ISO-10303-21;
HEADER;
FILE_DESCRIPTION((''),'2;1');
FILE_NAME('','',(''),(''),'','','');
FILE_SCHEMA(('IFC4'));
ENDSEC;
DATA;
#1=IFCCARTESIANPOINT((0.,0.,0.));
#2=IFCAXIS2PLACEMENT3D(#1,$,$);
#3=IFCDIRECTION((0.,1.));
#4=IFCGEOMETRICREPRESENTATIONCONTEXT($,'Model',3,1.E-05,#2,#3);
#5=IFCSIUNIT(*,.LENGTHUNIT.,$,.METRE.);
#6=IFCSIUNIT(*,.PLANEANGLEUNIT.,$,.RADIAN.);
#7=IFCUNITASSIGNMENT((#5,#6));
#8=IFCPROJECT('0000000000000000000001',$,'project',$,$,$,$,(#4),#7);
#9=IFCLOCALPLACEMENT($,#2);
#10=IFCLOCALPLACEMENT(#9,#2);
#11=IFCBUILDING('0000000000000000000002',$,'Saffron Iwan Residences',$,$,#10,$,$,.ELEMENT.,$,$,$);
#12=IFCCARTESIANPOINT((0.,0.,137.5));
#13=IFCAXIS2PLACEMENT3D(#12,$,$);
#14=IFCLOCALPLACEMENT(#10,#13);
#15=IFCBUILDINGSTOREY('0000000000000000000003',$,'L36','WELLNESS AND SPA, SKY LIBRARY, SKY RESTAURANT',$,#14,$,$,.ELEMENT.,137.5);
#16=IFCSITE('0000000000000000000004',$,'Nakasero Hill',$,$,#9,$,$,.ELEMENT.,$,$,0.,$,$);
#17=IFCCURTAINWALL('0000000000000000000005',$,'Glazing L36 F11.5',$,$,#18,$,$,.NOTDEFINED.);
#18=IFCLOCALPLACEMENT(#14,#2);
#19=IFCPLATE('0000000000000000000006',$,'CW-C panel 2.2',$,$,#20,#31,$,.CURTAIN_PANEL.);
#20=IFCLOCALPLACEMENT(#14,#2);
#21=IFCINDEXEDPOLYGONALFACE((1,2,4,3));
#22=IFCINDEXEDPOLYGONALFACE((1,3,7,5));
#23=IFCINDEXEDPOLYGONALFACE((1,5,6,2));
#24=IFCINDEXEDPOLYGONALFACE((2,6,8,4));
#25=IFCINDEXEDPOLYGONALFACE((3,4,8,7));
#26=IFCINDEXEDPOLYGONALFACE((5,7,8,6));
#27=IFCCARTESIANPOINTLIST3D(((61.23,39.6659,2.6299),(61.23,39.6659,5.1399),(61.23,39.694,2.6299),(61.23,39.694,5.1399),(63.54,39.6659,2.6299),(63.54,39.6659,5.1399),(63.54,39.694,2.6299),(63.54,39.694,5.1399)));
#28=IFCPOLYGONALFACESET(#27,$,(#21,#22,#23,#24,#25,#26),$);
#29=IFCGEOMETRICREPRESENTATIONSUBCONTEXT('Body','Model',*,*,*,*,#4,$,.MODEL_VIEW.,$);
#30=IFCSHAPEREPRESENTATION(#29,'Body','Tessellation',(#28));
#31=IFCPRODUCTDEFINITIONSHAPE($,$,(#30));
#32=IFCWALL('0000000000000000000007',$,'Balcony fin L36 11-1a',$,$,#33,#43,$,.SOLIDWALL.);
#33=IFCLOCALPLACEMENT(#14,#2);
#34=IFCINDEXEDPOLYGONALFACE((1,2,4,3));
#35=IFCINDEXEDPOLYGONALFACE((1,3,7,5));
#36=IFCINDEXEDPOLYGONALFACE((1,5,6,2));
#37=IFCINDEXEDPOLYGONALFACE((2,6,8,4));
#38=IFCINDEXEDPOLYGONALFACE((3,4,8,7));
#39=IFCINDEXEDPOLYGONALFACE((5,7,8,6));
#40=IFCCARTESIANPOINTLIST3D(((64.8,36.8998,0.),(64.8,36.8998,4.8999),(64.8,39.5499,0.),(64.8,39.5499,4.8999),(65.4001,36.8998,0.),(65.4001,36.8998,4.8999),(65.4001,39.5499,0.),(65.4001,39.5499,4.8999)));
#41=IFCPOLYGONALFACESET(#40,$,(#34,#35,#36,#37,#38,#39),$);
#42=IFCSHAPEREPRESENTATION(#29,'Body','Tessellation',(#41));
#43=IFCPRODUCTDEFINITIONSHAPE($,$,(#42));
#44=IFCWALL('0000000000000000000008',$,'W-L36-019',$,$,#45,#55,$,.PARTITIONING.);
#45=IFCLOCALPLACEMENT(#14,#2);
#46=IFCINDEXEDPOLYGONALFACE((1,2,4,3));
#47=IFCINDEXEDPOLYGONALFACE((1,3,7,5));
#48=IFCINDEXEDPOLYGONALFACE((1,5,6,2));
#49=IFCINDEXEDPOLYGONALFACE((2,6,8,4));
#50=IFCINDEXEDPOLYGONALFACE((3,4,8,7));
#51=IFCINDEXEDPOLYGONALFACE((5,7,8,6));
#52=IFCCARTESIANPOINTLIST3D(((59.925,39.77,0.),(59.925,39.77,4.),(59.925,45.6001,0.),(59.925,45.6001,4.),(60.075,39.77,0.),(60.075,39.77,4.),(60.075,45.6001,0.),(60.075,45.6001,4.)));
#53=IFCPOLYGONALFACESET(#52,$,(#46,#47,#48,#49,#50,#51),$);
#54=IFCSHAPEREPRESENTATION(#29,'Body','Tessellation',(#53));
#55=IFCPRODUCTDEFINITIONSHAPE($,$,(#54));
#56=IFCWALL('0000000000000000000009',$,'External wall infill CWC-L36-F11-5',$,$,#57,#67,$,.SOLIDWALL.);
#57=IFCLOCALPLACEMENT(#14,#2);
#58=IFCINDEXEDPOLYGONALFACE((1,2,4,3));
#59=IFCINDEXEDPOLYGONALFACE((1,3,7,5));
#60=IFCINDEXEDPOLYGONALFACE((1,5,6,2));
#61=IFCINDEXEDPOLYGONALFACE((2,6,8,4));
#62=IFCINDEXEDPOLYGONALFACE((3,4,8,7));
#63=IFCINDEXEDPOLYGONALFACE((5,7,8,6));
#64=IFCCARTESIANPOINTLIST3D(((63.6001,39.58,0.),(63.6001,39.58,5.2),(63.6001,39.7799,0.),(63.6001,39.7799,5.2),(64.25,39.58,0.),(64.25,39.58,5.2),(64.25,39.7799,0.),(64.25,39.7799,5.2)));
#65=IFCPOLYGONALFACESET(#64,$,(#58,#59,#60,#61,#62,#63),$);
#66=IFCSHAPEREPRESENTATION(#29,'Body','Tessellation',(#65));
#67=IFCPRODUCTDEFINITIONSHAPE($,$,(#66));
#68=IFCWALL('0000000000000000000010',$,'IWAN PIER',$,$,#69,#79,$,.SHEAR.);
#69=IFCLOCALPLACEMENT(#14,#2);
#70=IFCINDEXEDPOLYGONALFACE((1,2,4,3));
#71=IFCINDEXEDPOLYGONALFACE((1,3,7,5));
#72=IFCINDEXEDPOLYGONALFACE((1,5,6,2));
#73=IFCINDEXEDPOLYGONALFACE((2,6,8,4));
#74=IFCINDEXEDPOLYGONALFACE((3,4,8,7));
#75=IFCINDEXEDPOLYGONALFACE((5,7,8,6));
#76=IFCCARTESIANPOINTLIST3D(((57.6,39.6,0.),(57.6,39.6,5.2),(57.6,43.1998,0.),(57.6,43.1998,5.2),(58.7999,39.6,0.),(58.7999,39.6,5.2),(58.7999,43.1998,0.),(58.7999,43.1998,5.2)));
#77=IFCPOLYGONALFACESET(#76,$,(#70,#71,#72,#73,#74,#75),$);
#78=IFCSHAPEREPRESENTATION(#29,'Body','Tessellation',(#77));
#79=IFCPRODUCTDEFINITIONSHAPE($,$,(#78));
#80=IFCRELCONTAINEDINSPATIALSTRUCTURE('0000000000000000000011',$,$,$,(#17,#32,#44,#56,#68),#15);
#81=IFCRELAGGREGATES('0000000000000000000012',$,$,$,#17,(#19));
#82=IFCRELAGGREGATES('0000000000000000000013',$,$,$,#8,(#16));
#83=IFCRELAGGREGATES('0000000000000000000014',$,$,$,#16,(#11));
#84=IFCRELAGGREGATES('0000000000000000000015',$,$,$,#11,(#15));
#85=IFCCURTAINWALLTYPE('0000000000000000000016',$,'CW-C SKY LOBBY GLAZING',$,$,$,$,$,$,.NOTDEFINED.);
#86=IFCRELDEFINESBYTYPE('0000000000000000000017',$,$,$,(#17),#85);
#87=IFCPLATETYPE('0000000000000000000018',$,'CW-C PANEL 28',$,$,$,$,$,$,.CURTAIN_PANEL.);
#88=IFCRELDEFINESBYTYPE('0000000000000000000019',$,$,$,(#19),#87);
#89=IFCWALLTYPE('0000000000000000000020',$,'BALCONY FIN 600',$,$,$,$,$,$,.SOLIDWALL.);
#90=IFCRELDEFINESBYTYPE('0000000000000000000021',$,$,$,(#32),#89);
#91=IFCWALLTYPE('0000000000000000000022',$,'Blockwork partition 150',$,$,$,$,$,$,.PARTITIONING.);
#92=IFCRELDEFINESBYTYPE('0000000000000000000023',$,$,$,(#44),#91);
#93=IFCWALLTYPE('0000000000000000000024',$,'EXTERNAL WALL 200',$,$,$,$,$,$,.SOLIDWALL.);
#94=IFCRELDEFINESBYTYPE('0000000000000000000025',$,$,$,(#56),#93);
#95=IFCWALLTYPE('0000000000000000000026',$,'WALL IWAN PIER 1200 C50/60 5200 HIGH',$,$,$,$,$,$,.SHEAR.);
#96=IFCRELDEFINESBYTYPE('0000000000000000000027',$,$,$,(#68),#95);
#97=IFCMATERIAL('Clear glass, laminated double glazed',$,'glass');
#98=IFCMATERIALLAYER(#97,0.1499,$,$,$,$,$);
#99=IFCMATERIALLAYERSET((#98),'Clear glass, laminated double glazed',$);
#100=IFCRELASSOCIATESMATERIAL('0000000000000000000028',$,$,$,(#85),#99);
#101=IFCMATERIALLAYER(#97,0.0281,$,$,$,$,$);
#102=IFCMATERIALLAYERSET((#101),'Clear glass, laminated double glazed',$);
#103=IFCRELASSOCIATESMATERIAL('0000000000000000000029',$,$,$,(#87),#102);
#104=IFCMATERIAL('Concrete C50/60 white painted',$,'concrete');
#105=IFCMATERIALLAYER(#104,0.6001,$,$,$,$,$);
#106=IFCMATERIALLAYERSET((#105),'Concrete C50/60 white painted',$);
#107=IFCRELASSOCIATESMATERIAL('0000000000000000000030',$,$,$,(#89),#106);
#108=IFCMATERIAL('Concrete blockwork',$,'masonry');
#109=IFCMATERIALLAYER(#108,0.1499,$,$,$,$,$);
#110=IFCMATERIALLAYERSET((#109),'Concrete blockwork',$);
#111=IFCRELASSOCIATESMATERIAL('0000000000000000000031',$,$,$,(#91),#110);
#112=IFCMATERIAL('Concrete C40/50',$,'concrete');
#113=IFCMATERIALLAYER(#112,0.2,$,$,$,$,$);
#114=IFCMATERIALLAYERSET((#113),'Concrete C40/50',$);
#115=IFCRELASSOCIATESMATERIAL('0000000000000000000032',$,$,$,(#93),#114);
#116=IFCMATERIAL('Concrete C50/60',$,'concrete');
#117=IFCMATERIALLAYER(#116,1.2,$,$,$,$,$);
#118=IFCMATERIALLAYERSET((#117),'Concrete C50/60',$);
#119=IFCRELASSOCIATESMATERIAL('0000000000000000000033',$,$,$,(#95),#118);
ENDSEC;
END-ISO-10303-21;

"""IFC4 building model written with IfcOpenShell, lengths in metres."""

from ifc_helpers import new_model, si_unit, direction, frame, frame_2d, origin, origin_2d, place, context, subcontext, project, spatial, rectangle, extrude, source, transform, mapped, material, layer, layer_set, type_object, element, aggregate, save


model = new_model("IFC4")

# Units and contexts
model_context = context("Model", 3, precision=1e-05, world=origin(), true_north=direction((0.0, 1.0)))
body_context = subcontext(model_context, "Body", "Model", "MODEL_VIEW")
ifc_project = project(units=[si_unit("LENGTHUNIT", "METRE"), si_unit("PLANEANGLEUNIT", "RADIAN")], contexts=[model_context])

# Site, building, storey
site_placement = place(None, origin())
site = spatial("IfcSite", under=ifc_project, at=site_placement, Name="Nakasero Hill", CompositionType="ELEMENT", RefElevation=0.0)
building_placement = place(site_placement, origin())
building = spatial("IfcBuilding", under=site, at=building_placement, Name="Saffron Iwan Residences", CompositionType="ELEMENT")
storey_placement = place(building_placement, frame((0.0, 0.0, 137.5)))
storey = spatial("IfcBuildingStorey", under=building, at=storey_placement, Name="L36", Description="WELLNESS AND SPA, SKY LIBRARY, SKY RESTAURANT", CompositionType="ELEMENT", Elevation=137.5)

# Shared definitions
ifc_material_1 = material(Name="Concrete C50/60 white painted", Category="concrete")

# Curtain wall
ifc_material_2 = material(Name="Clear glass, laminated double glazed", Category="glass")
ifc_layer_1 = layer(ifc_material_2, 0.1499)
ifc_layer_set_1 = layer_set([ifc_layer_1], Name="Clear glass, laminated double glazed")
curtain_wall_type_1 = type_object("IfcCurtainWallType", Name="CW-C SKY LOBBY GLAZING", PredefinedType="NOTDEFINED", material=ifc_layer_set_1)
curtain_wall_1_placement = place(storey_placement, origin())
curtain_wall_1 = element("IfcCurtainWall", 1, at=curtain_wall_1_placement, inside=storey, type_object=curtain_wall_type_1, Name="Glazing L36 F11.5", PredefinedType="NOTDEFINED")

# Plate
ifc_layer_2 = layer(ifc_material_2, 0.0281)
ifc_layer_set_2 = layer_set([ifc_layer_2], Name="Clear glass, laminated double glazed")
plate_type_1 = type_object("IfcPlateType", Name="CW-C PANEL 28", PredefinedType="CURTAIN_PANEL", material=ifc_layer_set_2)
shared_shape_1 = source(origin(), body_context, "Body", "SweptSolid", [
    extrude(rectangle(XDim=2.3101, YDim=0.0281, at=origin_2d()), origin(), (0.0, 0.0, 1.0), 2.51),
])
plate_1_placement = place(storey_placement, frame((62.385, 39.6799, 2.6299), z_axis=(0.0, 0.0, 1.0), x_axis=(1.0, 0.0, 0.0)))
plate_1 = element("IfcPlate", 2, at=plate_1_placement, type_object=plate_type_1, Name="CW-C panel 2.2", PredefinedType="CURTAIN_PANEL", context=body_context, shape_type="MappedRepresentation", body=[
    mapped(shared_shape_1, transform((0.0, 0.0, 0.0))),
])
aggregate(curtain_wall_1, [plate_1])

# Walls
ifc_layer_3 = layer(ifc_material_1, 0.6001)
ifc_layer_set_3 = layer_set([ifc_layer_3], Name="Concrete C50/60 white painted")
wall_type_1 = type_object("IfcWallType", Name="BALCONY FIN 600", PredefinedType="SOLIDWALL", material=ifc_layer_set_3)
wall_1_placement = place(storey_placement, frame((65.1001, 39.55, 0.0), z_axis=(0.0, 0.0, 1.0), x_axis=(0.0, -1.0, 0.0)))
element("IfcWall", 3, at=wall_1_placement, inside=storey, type_object=wall_type_1, Name="Balcony fin L36 11-1a", PredefinedType="SOLIDWALL", context=body_context, shape_type="SweptSolid", body=[
    extrude(rectangle(XDim=2.6501, YDim=0.6001, at=frame_2d((1.3252, 0.0))), origin(), (0.0, 0.0, 1.0), 4.8999),
])
ifc_material_3 = material(Name="Concrete blockwork", Category="masonry")
ifc_layer_4 = layer(ifc_material_3, 0.1499)
ifc_layer_set_4 = layer_set([ifc_layer_4], Name="Concrete blockwork")
wall_type_2 = type_object("IfcWallType", Name="Blockwork partition 150", PredefinedType="PARTITIONING", material=ifc_layer_set_4)
wall_2_placement = place(storey_placement, frame((60.0, 39.77, 0.0), z_axis=(0.0, 0.0, 1.0), x_axis=(0.0, 1.0, 0.0)))
element("IfcWall", 4, at=wall_2_placement, inside=storey, type_object=wall_type_2, Name="W-L36-019", PredefinedType="PARTITIONING", context=body_context, shape_type="SweptSolid", body=[
    extrude(rectangle(XDim=5.8301, YDim=0.1499, at=frame_2d((2.915, 0.0))), origin(), (0.0, 0.0, 1.0), 4.0),
])

# Shared definitions
ifc_material_4 = material(Name="Concrete C40/50", Category="concrete")
ifc_layer_5 = layer(ifc_material_4, 0.2)
ifc_layer_set_5 = layer_set([ifc_layer_5], Name="Concrete C40/50")
wall_type_3 = type_object("IfcWallType", Name="EXTERNAL WALL 200", PredefinedType="SOLIDWALL", material=ifc_layer_set_5)

# Walls
wall_3_placement = place(storey_placement, frame((63.6001, 39.6799, 0.0), z_axis=(0.0, 0.0, 1.0), x_axis=(1.0, 0.0, 0.0)))
element("IfcWall", 5, at=wall_3_placement, inside=storey, type_object=wall_type_3, Name="External wall infill CWC-L36-F11-5", PredefinedType="SOLIDWALL", context=body_context, shape_type="SweptSolid", body=[
    extrude(rectangle(XDim=0.6499, YDim=0.2, at=frame_2d((0.325, 0.0))), origin(), (0.0, 0.0, 1.0), 5.2),
])
ifc_material_5 = material(Name="Concrete C50/60", Category="concrete")
ifc_layer_6 = layer(ifc_material_5, 1.2)
ifc_layer_set_6 = layer_set([ifc_layer_6], Name="Concrete C50/60")
wall_type_4 = type_object("IfcWallType", Name="WALL IWAN PIER 1200 C50/60 5200 HIGH", PredefinedType="SHEAR", material=ifc_layer_set_6)
wall_4_placement = place(storey_placement, frame((58.2, 39.6001, 0.0), z_axis=(0.0, 0.0, 1.0), x_axis=(0.0, 1.0, 0.0)))
element("IfcWall", 6, at=wall_4_placement, inside=storey, type_object=wall_type_4, Name="IWAN PIER", PredefinedType="SHEAR", context=body_context, shape_type="SweptSolid", body=[
    extrude(rectangle(XDim=3.5999, YDim=1.2, at=frame_2d((1.7998, 0.0))), origin(), (0.0, 0.0, 1.0), 5.2),
])

save(model, "model.ifc")
